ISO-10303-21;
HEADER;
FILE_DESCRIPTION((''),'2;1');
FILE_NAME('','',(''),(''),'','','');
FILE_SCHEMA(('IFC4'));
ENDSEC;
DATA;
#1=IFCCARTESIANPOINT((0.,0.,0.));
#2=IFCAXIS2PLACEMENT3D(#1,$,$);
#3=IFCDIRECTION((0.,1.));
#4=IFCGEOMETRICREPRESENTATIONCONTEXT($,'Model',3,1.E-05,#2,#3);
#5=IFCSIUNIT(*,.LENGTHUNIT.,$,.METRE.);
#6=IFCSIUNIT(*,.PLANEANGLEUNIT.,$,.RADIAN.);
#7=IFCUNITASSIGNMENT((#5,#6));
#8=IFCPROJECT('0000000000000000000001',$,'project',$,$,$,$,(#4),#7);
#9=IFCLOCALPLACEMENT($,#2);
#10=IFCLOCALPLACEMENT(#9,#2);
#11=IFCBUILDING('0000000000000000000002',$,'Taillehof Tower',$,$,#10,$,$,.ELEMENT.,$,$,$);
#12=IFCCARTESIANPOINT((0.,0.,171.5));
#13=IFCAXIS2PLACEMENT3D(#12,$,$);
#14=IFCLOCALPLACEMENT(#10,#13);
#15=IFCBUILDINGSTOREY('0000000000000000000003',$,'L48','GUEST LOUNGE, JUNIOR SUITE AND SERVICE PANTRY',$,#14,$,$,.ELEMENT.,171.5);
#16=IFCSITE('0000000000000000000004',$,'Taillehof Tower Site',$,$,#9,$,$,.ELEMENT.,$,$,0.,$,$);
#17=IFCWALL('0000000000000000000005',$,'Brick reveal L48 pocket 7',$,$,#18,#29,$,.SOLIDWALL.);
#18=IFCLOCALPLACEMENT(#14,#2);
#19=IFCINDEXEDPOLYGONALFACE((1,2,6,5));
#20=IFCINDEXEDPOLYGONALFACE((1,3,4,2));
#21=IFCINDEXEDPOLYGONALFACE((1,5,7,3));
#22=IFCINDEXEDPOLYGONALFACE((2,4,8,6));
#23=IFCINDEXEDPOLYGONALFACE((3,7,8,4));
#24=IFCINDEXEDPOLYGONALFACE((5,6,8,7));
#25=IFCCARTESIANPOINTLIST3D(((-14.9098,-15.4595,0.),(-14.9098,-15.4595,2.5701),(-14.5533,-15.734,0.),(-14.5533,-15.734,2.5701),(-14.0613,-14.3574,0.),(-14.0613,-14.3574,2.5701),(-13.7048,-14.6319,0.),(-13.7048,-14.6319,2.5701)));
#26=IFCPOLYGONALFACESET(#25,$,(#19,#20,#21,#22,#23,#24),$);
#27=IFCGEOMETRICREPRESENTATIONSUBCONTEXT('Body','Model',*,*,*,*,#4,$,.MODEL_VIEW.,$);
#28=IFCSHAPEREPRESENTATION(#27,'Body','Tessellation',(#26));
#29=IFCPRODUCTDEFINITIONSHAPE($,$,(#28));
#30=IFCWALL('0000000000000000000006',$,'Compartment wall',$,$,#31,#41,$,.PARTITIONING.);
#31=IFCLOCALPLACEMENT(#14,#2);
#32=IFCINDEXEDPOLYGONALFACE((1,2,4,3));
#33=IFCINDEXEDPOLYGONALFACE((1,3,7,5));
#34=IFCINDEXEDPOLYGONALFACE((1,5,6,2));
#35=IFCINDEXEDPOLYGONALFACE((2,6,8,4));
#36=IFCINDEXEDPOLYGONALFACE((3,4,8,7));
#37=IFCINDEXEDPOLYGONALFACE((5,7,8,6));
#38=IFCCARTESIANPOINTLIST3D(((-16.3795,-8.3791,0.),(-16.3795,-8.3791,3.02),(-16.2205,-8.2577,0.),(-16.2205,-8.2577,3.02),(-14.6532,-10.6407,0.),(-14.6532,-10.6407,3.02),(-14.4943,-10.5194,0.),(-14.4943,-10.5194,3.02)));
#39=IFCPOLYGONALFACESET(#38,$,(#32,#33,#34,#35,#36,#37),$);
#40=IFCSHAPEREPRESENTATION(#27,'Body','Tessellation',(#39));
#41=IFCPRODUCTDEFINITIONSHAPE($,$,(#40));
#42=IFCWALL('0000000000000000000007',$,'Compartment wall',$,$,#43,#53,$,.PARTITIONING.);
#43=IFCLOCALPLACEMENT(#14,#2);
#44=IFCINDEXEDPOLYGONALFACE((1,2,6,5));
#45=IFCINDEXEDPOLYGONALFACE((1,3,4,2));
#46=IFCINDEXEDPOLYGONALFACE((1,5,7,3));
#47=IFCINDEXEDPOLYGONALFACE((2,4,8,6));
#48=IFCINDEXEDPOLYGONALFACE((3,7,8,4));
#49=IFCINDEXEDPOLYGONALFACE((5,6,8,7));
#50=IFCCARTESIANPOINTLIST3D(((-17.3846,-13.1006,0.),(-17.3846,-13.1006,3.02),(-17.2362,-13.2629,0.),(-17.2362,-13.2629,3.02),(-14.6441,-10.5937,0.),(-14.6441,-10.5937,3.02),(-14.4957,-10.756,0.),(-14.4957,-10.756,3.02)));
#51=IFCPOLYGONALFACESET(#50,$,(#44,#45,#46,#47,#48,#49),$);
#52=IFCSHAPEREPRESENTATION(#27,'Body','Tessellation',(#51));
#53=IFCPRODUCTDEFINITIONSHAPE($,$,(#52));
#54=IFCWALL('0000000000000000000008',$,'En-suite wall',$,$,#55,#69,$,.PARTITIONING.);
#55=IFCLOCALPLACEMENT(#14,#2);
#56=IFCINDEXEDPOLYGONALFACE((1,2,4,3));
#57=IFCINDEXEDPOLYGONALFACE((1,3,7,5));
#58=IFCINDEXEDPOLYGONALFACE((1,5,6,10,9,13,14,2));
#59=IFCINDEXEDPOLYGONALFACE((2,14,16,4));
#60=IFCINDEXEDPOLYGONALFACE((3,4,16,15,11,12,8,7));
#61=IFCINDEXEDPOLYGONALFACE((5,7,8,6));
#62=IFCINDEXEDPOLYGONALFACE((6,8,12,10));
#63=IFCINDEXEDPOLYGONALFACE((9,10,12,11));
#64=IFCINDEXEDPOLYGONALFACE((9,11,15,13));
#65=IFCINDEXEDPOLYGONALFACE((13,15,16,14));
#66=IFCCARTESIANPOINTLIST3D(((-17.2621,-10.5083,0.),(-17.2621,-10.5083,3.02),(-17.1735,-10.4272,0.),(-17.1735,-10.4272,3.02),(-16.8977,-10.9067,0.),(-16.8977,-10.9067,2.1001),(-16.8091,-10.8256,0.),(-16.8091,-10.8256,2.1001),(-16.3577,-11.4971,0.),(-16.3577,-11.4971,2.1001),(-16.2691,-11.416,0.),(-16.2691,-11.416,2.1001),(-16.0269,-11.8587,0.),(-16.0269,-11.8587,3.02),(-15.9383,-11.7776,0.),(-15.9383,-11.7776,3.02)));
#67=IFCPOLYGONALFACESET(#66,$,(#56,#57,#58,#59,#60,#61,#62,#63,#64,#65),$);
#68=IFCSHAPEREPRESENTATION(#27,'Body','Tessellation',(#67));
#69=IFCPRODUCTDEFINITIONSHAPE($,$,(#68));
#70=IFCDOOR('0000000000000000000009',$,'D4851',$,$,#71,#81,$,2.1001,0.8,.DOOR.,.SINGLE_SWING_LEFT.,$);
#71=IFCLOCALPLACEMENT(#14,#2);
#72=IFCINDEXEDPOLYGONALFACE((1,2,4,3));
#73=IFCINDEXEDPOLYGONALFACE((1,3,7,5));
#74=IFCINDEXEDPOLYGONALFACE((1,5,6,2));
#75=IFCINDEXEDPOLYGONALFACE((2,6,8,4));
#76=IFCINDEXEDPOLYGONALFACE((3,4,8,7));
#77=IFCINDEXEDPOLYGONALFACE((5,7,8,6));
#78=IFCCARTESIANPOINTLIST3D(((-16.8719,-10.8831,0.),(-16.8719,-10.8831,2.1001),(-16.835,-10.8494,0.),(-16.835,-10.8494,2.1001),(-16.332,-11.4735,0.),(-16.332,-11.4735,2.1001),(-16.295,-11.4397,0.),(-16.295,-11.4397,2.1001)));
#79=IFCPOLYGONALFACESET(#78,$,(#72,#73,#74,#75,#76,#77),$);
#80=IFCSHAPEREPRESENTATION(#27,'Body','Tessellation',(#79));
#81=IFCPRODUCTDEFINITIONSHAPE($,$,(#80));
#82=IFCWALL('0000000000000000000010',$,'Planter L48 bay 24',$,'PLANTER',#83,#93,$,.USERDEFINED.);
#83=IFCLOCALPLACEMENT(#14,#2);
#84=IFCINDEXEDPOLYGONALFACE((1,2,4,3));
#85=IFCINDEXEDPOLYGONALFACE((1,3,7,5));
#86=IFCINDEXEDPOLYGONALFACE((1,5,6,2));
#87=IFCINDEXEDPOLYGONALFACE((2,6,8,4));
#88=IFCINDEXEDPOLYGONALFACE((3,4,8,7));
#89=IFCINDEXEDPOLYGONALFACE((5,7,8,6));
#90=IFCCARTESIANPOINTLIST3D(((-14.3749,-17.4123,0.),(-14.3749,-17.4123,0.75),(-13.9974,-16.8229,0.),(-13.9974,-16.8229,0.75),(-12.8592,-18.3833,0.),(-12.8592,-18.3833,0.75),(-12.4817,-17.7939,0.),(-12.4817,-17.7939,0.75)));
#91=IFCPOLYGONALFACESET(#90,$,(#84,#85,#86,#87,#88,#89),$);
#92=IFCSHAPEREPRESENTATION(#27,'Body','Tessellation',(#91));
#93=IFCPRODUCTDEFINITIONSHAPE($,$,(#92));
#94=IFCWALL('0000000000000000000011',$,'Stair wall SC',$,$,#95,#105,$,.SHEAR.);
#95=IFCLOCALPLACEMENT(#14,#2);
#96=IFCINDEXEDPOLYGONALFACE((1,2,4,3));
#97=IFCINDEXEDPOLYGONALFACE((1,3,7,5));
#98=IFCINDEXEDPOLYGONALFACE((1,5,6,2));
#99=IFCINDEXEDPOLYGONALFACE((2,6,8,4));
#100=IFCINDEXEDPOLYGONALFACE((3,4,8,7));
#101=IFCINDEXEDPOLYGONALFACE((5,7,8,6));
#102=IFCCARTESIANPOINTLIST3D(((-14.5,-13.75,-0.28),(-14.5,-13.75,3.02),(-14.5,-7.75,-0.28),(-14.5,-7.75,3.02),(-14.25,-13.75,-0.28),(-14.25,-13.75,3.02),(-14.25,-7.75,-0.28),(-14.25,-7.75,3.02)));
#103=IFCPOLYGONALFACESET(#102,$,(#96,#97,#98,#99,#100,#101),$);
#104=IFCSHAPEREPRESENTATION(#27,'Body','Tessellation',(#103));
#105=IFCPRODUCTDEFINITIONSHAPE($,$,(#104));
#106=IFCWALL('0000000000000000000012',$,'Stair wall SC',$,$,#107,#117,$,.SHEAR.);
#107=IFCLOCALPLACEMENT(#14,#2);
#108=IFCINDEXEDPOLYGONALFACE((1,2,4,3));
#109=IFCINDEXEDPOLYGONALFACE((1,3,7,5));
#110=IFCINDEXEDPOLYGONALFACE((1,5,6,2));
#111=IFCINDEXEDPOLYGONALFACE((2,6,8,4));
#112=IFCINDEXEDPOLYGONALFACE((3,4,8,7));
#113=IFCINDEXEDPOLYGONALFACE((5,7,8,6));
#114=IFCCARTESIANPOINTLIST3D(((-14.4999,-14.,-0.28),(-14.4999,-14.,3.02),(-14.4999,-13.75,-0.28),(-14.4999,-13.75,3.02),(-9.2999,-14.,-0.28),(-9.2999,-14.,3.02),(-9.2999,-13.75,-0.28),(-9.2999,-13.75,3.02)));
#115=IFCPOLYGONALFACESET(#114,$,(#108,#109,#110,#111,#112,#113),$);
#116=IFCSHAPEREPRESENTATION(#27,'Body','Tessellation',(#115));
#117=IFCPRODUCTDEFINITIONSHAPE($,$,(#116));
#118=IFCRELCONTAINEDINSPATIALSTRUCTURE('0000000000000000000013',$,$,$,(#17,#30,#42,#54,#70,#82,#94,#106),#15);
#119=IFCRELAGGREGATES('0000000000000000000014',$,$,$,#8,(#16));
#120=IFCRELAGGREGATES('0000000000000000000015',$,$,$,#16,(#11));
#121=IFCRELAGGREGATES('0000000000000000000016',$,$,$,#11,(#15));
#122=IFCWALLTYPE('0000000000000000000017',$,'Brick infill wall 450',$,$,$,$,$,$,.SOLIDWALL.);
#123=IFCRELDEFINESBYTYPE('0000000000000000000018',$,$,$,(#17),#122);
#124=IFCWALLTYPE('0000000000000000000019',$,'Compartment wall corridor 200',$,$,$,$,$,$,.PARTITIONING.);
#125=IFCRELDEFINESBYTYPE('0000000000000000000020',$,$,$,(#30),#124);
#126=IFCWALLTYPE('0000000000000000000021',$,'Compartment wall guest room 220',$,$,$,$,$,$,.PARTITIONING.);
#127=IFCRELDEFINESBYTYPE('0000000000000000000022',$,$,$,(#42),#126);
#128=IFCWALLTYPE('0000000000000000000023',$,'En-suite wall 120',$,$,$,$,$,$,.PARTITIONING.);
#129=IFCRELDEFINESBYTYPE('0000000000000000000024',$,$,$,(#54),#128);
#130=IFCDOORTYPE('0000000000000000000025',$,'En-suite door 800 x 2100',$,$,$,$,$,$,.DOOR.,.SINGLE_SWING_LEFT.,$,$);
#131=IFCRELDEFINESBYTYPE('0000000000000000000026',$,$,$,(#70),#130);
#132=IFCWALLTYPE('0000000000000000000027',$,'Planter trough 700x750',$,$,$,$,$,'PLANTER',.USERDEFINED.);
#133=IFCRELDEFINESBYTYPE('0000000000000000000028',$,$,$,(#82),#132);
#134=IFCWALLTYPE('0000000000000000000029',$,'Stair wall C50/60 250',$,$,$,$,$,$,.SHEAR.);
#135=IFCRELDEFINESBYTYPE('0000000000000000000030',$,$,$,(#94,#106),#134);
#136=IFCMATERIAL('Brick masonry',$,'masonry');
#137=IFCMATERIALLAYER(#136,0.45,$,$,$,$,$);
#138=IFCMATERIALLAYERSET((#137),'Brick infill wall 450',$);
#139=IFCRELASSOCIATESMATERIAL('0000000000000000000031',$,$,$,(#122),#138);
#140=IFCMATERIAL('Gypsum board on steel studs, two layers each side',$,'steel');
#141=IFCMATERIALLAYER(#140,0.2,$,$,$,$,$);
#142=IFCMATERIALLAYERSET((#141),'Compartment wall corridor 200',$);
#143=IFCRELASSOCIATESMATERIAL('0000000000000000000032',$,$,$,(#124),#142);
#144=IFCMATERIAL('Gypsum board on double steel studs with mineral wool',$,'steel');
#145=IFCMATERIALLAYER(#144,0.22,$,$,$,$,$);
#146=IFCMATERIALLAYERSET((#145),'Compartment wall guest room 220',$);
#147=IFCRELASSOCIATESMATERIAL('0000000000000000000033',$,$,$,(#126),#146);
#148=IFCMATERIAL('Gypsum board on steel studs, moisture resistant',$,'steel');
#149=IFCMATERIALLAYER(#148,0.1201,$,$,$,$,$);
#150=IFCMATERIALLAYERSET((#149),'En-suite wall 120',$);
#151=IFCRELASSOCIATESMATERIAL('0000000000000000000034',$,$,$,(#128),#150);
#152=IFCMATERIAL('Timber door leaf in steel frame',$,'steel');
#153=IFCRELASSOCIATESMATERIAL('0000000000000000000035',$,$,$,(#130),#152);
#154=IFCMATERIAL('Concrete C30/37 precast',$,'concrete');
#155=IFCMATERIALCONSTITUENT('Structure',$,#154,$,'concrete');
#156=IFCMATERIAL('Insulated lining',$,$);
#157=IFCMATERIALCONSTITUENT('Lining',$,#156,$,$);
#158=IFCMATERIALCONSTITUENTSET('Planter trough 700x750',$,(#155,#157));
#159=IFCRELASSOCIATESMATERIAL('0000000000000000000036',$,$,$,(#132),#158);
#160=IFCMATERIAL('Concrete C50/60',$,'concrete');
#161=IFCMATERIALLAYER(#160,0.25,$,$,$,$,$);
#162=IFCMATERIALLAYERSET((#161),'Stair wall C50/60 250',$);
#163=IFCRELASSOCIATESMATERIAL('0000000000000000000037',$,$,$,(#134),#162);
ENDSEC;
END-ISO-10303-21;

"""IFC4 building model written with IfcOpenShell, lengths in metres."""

from ifc_helpers import new_model, si_unit, direction, frame, frame_2d, origin, place, context, subcontext, project, spatial, rectangle, extrude, material, layer, layer_set, constituent, constituent_set, type_object, element, fill, save


model = new_model("IFC4")

# Units and contexts
model_context = context("Model", 3, precision=1e-05, world=origin(), true_north=direction((0.0, 1.0)))
body_context = subcontext(model_context, "Body", "Model", "MODEL_VIEW")
ifc_project = project(units=[si_unit("LENGTHUNIT", "METRE"), si_unit("PLANEANGLEUNIT", "RADIAN")], contexts=[model_context])

# Site, building, storey
site_placement = place(None, origin())
site = spatial("IfcSite", under=ifc_project, at=site_placement, Name="Taillehof Tower Site", CompositionType="ELEMENT", RefElevation=0.0)
building_placement = place(site_placement, origin())
building = spatial("IfcBuilding", under=site, at=building_placement, Name="Taillehof Tower", CompositionType="ELEMENT")
storey_placement = place(building_placement, frame((0.0, 0.0, 171.5)))
storey = spatial("IfcBuildingStorey", under=building, at=storey_placement, Name="L48", Description="GUEST LOUNGE, JUNIOR SUITE AND SERVICE PANTRY", CompositionType="ELEMENT", Elevation=171.5)

# Shared definitions
ifc_material_1 = material(Name="Brick masonry", Category="masonry")
ifc_layer_1 = layer(ifc_material_1, 0.45)
ifc_layer_set_1 = layer_set([ifc_layer_1], Name="Brick infill wall 450")
wall_type_1 = type_object("IfcWallType", Name="Brick infill wall 450", PredefinedType="SOLIDWALL", material=ifc_layer_set_1)

# Wall
wall_1_placement = place(storey_placement, frame((-14.7314, -15.5967, 0.0), z_axis=(0.0, 0.0, 1.0), x_axis=(0.610008, 0.792396, 0.0)))
element("IfcWall", 1, at=wall_1_placement, inside=storey, type_object=wall_type_1, Name="Brick reveal L48 pocket 7", PredefinedType="SOLIDWALL", context=body_context, shape_type="SweptSolid", body=[
    extrude(rectangle(XDim=1.3909, YDim=0.45, at=frame_2d((0.6953, 0.0))), origin(), (0.0, 0.0, 1.0), 2.5701),
])

# Walls
ifc_material_2 = material(Name="Gypsum board on steel studs, two layers each side", Category="steel")
ifc_layer_2 = layer(ifc_material_2, 0.2)
ifc_layer_set_2 = layer_set([ifc_layer_2], Name="Compartment wall corridor 200")
wall_type_2 = type_object("IfcWallType", Name="Compartment wall corridor 200", PredefinedType="PARTITIONING", material=ifc_layer_set_2)
wall_2_placement = place(storey_placement, frame((-14.5737, -10.5801, 0.0), z_axis=(0.0, 0.0, 1.0), x_axis=(-0.606733, 0.794906, 0.0)))
element("IfcWall", 2, at=wall_2_placement, inside=storey, type_object=wall_type_2, Name="Compartment wall", PredefinedType="PARTITIONING", context=body_context, shape_type="SweptSolid", body=[
    extrude(rectangle(XDim=2.8452, YDim=0.2, at=frame_2d((1.4226, 0.0))), origin(), (0.0, 0.0, 1.0), 3.02),
])
ifc_material_3 = material(Name="Gypsum board on double steel studs with mineral wool", Category="steel")
ifc_layer_3 = layer(ifc_material_3, 0.22)
ifc_layer_set_3 = layer_set([ifc_layer_3], Name="Compartment wall guest room 220")
wall_type_3 = type_object("IfcWallType", Name="Compartment wall guest room 220", PredefinedType="PARTITIONING", material=ifc_layer_set_3)
wall_3_placement = place(storey_placement, frame((-17.3103, -13.1816, 0.0), z_axis=(0.0, 0.0, 1.0), x_axis=(0.73786, 0.674953, 0.0)))
element("IfcWall", 3, at=wall_3_placement, inside=storey, type_object=wall_type_3, Name="Compartment wall", PredefinedType="PARTITIONING", context=body_context, shape_type="SweptSolid", body=[
    extrude(rectangle(XDim=3.7141, YDim=0.22, at=frame_2d((1.8569, 0.0))), origin(), (0.0, 0.0, 1.0), 3.02),
])

# Wall, opening, door
ifc_material_4 = material(Name="Gypsum board on steel studs, moisture resistant", Category="steel")
ifc_layer_4 = layer(ifc_material_4, 0.1201)
ifc_layer_set_4 = layer_set([ifc_layer_4], Name="En-suite wall 120")
wall_type_4 = type_object("IfcWallType", Name="En-suite wall 120", PredefinedType="PARTITIONING", material=ifc_layer_set_4)
wall_4_placement = place(storey_placement, frame((-17.2178, -10.4678, 0.0), z_axis=(0.0, 0.0, 1.0), x_axis=(0.674921, -0.73789, 0.0)))
wall_4 = element("IfcWall", 4, at=wall_4_placement, inside=storey, type_object=wall_type_4, Name="En-suite wall", PredefinedType="PARTITIONING", context=body_context, shape_type="SweptSolid", body=[
    extrude(rectangle(XDim=1.8301, YDim=0.1201, at=frame_2d((0.915, 0.0))), origin(), (0.0, 0.0, 1.0), 3.02),
])
opening_1_placement = place(wall_4_placement, frame((0.54, 0.0, 0.0)))
opening_1 = element("IfcOpeningElement", 5, at=opening_1_placement, cuts=wall_4, PredefinedType="OPENING", context=body_context, shape_type="SweptSolid", body=[
    extrude(rectangle(XDim=0.8, YDim=2.1001, at=frame_2d((0.3999, 1.05))), frame((0.0, 0.0701, 0.0), z_axis=(0.0, -1.0, 0.0), x_axis=(1.0, 0.0, 0.0)), (0.0, 0.0, 1.0), 0.1401),
])
ifc_material_5 = material(Name="Timber door leaf in steel frame", Category="steel")
door_type_1 = type_object("IfcDoorType", Name="En-suite door 800 x 2100", OperationType="SINGLE_SWING_LEFT", PredefinedType="DOOR", material=ifc_material_5)
door_1_placement = place(opening_1_placement, origin())
door_1 = element("IfcDoor", 6, at=door_1_placement, inside=storey, type_object=door_type_1, Name="D4851", OperationType="SINGLE_SWING_LEFT", OverallHeight=2.1001, OverallWidth=0.8, PredefinedType="DOOR", context=body_context, shape_type="SweptSolid", body=[
    extrude(rectangle(XDim=0.8, YDim=2.1001, at=frame_2d((0.3999, 1.05))), frame((0.0, 0.0249, 0.0), z_axis=(0.0, -1.0, 0.0), x_axis=(1.0, 0.0, 0.0)), (0.0, 0.0, 1.0), 0.05),
])
fill(opening_1, door_1)

# Walls
ifc_material_6 = material(Name="Concrete C30/37 precast", Category="concrete")
ifc_constituent_1 = constituent(ifc_material_6, Name="Structure", Category="concrete")
ifc_material_7 = material(Name="Insulated lining")
ifc_constituent_2 = constituent(ifc_material_7, Name="Lining")
ifc_constituent_set = constituent_set(constituents=[ifc_constituent_1, ifc_constituent_2], Name="Planter trough 700x750")
wall_type_5 = type_object("IfcWallType", Name="Planter trough 700x750", ElementType="PLANTER", PredefinedType="USERDEFINED", material=ifc_constituent_set)
wall_5_placement = place(storey_placement, frame((-14.186, -17.1177, 0.0), z_axis=(0.0, 0.0, 1.0), x_axis=(0.842032, -0.539427, 0.0)))
element("IfcWall", 7, at=wall_5_placement, inside=storey, type_object=wall_type_5, Name="Planter L48 bay 24", ObjectType="PLANTER", PredefinedType="USERDEFINED", context=body_context, shape_type="SweptSolid", body=[
    extrude(rectangle(XDim=1.8, YDim=0.7, at=frame_2d((0.8999, 0.0))), origin(), (0.0, 0.0, 1.0), 0.75),
])
ifc_material_8 = material(Name="Concrete C50/60", Category="concrete")
ifc_layer_5 = layer(ifc_material_8, 0.25)
ifc_layer_set_5 = layer_set([ifc_layer_5], Name="Stair wall C50/60 250")
wall_type_6 = type_object("IfcWallType", Name="Stair wall C50/60 250", PredefinedType="SHEAR", material=ifc_layer_set_5)
wall_6_placement = place(storey_placement, frame((-14.375, -13.75, -0.28), z_axis=(0.0, 0.0, 1.0), x_axis=(0.0, 1.0, 0.0)))
element("IfcWall", 8, at=wall_6_placement, inside=storey, type_object=wall_type_6, Name="Stair wall SC", PredefinedType="SHEAR", context=body_context, shape_type="SweptSolid", body=[
    extrude(rectangle(XDim=6.0, YDim=0.25, at=frame_2d((3.0, 0.0))), origin(), (0.0, 0.0, 1.0), 3.3),
])
wall_7_placement = place(storey_placement, frame((-14.5, -13.875, -0.28), z_axis=(0.0, 0.0, 1.0), x_axis=(1.0, 0.0, 0.0)))
element("IfcWall", 9, at=wall_7_placement, inside=storey, type_object=wall_type_6, Name="Stair wall SC", PredefinedType="SHEAR", context=body_context, shape_type="SweptSolid", body=[
    extrude(rectangle(XDim=5.2, YDim=0.25, at=frame_2d((2.6001, 0.0))), origin(), (0.0, 0.0, 1.0), 3.3),
])

save(model, "model.ifc")
